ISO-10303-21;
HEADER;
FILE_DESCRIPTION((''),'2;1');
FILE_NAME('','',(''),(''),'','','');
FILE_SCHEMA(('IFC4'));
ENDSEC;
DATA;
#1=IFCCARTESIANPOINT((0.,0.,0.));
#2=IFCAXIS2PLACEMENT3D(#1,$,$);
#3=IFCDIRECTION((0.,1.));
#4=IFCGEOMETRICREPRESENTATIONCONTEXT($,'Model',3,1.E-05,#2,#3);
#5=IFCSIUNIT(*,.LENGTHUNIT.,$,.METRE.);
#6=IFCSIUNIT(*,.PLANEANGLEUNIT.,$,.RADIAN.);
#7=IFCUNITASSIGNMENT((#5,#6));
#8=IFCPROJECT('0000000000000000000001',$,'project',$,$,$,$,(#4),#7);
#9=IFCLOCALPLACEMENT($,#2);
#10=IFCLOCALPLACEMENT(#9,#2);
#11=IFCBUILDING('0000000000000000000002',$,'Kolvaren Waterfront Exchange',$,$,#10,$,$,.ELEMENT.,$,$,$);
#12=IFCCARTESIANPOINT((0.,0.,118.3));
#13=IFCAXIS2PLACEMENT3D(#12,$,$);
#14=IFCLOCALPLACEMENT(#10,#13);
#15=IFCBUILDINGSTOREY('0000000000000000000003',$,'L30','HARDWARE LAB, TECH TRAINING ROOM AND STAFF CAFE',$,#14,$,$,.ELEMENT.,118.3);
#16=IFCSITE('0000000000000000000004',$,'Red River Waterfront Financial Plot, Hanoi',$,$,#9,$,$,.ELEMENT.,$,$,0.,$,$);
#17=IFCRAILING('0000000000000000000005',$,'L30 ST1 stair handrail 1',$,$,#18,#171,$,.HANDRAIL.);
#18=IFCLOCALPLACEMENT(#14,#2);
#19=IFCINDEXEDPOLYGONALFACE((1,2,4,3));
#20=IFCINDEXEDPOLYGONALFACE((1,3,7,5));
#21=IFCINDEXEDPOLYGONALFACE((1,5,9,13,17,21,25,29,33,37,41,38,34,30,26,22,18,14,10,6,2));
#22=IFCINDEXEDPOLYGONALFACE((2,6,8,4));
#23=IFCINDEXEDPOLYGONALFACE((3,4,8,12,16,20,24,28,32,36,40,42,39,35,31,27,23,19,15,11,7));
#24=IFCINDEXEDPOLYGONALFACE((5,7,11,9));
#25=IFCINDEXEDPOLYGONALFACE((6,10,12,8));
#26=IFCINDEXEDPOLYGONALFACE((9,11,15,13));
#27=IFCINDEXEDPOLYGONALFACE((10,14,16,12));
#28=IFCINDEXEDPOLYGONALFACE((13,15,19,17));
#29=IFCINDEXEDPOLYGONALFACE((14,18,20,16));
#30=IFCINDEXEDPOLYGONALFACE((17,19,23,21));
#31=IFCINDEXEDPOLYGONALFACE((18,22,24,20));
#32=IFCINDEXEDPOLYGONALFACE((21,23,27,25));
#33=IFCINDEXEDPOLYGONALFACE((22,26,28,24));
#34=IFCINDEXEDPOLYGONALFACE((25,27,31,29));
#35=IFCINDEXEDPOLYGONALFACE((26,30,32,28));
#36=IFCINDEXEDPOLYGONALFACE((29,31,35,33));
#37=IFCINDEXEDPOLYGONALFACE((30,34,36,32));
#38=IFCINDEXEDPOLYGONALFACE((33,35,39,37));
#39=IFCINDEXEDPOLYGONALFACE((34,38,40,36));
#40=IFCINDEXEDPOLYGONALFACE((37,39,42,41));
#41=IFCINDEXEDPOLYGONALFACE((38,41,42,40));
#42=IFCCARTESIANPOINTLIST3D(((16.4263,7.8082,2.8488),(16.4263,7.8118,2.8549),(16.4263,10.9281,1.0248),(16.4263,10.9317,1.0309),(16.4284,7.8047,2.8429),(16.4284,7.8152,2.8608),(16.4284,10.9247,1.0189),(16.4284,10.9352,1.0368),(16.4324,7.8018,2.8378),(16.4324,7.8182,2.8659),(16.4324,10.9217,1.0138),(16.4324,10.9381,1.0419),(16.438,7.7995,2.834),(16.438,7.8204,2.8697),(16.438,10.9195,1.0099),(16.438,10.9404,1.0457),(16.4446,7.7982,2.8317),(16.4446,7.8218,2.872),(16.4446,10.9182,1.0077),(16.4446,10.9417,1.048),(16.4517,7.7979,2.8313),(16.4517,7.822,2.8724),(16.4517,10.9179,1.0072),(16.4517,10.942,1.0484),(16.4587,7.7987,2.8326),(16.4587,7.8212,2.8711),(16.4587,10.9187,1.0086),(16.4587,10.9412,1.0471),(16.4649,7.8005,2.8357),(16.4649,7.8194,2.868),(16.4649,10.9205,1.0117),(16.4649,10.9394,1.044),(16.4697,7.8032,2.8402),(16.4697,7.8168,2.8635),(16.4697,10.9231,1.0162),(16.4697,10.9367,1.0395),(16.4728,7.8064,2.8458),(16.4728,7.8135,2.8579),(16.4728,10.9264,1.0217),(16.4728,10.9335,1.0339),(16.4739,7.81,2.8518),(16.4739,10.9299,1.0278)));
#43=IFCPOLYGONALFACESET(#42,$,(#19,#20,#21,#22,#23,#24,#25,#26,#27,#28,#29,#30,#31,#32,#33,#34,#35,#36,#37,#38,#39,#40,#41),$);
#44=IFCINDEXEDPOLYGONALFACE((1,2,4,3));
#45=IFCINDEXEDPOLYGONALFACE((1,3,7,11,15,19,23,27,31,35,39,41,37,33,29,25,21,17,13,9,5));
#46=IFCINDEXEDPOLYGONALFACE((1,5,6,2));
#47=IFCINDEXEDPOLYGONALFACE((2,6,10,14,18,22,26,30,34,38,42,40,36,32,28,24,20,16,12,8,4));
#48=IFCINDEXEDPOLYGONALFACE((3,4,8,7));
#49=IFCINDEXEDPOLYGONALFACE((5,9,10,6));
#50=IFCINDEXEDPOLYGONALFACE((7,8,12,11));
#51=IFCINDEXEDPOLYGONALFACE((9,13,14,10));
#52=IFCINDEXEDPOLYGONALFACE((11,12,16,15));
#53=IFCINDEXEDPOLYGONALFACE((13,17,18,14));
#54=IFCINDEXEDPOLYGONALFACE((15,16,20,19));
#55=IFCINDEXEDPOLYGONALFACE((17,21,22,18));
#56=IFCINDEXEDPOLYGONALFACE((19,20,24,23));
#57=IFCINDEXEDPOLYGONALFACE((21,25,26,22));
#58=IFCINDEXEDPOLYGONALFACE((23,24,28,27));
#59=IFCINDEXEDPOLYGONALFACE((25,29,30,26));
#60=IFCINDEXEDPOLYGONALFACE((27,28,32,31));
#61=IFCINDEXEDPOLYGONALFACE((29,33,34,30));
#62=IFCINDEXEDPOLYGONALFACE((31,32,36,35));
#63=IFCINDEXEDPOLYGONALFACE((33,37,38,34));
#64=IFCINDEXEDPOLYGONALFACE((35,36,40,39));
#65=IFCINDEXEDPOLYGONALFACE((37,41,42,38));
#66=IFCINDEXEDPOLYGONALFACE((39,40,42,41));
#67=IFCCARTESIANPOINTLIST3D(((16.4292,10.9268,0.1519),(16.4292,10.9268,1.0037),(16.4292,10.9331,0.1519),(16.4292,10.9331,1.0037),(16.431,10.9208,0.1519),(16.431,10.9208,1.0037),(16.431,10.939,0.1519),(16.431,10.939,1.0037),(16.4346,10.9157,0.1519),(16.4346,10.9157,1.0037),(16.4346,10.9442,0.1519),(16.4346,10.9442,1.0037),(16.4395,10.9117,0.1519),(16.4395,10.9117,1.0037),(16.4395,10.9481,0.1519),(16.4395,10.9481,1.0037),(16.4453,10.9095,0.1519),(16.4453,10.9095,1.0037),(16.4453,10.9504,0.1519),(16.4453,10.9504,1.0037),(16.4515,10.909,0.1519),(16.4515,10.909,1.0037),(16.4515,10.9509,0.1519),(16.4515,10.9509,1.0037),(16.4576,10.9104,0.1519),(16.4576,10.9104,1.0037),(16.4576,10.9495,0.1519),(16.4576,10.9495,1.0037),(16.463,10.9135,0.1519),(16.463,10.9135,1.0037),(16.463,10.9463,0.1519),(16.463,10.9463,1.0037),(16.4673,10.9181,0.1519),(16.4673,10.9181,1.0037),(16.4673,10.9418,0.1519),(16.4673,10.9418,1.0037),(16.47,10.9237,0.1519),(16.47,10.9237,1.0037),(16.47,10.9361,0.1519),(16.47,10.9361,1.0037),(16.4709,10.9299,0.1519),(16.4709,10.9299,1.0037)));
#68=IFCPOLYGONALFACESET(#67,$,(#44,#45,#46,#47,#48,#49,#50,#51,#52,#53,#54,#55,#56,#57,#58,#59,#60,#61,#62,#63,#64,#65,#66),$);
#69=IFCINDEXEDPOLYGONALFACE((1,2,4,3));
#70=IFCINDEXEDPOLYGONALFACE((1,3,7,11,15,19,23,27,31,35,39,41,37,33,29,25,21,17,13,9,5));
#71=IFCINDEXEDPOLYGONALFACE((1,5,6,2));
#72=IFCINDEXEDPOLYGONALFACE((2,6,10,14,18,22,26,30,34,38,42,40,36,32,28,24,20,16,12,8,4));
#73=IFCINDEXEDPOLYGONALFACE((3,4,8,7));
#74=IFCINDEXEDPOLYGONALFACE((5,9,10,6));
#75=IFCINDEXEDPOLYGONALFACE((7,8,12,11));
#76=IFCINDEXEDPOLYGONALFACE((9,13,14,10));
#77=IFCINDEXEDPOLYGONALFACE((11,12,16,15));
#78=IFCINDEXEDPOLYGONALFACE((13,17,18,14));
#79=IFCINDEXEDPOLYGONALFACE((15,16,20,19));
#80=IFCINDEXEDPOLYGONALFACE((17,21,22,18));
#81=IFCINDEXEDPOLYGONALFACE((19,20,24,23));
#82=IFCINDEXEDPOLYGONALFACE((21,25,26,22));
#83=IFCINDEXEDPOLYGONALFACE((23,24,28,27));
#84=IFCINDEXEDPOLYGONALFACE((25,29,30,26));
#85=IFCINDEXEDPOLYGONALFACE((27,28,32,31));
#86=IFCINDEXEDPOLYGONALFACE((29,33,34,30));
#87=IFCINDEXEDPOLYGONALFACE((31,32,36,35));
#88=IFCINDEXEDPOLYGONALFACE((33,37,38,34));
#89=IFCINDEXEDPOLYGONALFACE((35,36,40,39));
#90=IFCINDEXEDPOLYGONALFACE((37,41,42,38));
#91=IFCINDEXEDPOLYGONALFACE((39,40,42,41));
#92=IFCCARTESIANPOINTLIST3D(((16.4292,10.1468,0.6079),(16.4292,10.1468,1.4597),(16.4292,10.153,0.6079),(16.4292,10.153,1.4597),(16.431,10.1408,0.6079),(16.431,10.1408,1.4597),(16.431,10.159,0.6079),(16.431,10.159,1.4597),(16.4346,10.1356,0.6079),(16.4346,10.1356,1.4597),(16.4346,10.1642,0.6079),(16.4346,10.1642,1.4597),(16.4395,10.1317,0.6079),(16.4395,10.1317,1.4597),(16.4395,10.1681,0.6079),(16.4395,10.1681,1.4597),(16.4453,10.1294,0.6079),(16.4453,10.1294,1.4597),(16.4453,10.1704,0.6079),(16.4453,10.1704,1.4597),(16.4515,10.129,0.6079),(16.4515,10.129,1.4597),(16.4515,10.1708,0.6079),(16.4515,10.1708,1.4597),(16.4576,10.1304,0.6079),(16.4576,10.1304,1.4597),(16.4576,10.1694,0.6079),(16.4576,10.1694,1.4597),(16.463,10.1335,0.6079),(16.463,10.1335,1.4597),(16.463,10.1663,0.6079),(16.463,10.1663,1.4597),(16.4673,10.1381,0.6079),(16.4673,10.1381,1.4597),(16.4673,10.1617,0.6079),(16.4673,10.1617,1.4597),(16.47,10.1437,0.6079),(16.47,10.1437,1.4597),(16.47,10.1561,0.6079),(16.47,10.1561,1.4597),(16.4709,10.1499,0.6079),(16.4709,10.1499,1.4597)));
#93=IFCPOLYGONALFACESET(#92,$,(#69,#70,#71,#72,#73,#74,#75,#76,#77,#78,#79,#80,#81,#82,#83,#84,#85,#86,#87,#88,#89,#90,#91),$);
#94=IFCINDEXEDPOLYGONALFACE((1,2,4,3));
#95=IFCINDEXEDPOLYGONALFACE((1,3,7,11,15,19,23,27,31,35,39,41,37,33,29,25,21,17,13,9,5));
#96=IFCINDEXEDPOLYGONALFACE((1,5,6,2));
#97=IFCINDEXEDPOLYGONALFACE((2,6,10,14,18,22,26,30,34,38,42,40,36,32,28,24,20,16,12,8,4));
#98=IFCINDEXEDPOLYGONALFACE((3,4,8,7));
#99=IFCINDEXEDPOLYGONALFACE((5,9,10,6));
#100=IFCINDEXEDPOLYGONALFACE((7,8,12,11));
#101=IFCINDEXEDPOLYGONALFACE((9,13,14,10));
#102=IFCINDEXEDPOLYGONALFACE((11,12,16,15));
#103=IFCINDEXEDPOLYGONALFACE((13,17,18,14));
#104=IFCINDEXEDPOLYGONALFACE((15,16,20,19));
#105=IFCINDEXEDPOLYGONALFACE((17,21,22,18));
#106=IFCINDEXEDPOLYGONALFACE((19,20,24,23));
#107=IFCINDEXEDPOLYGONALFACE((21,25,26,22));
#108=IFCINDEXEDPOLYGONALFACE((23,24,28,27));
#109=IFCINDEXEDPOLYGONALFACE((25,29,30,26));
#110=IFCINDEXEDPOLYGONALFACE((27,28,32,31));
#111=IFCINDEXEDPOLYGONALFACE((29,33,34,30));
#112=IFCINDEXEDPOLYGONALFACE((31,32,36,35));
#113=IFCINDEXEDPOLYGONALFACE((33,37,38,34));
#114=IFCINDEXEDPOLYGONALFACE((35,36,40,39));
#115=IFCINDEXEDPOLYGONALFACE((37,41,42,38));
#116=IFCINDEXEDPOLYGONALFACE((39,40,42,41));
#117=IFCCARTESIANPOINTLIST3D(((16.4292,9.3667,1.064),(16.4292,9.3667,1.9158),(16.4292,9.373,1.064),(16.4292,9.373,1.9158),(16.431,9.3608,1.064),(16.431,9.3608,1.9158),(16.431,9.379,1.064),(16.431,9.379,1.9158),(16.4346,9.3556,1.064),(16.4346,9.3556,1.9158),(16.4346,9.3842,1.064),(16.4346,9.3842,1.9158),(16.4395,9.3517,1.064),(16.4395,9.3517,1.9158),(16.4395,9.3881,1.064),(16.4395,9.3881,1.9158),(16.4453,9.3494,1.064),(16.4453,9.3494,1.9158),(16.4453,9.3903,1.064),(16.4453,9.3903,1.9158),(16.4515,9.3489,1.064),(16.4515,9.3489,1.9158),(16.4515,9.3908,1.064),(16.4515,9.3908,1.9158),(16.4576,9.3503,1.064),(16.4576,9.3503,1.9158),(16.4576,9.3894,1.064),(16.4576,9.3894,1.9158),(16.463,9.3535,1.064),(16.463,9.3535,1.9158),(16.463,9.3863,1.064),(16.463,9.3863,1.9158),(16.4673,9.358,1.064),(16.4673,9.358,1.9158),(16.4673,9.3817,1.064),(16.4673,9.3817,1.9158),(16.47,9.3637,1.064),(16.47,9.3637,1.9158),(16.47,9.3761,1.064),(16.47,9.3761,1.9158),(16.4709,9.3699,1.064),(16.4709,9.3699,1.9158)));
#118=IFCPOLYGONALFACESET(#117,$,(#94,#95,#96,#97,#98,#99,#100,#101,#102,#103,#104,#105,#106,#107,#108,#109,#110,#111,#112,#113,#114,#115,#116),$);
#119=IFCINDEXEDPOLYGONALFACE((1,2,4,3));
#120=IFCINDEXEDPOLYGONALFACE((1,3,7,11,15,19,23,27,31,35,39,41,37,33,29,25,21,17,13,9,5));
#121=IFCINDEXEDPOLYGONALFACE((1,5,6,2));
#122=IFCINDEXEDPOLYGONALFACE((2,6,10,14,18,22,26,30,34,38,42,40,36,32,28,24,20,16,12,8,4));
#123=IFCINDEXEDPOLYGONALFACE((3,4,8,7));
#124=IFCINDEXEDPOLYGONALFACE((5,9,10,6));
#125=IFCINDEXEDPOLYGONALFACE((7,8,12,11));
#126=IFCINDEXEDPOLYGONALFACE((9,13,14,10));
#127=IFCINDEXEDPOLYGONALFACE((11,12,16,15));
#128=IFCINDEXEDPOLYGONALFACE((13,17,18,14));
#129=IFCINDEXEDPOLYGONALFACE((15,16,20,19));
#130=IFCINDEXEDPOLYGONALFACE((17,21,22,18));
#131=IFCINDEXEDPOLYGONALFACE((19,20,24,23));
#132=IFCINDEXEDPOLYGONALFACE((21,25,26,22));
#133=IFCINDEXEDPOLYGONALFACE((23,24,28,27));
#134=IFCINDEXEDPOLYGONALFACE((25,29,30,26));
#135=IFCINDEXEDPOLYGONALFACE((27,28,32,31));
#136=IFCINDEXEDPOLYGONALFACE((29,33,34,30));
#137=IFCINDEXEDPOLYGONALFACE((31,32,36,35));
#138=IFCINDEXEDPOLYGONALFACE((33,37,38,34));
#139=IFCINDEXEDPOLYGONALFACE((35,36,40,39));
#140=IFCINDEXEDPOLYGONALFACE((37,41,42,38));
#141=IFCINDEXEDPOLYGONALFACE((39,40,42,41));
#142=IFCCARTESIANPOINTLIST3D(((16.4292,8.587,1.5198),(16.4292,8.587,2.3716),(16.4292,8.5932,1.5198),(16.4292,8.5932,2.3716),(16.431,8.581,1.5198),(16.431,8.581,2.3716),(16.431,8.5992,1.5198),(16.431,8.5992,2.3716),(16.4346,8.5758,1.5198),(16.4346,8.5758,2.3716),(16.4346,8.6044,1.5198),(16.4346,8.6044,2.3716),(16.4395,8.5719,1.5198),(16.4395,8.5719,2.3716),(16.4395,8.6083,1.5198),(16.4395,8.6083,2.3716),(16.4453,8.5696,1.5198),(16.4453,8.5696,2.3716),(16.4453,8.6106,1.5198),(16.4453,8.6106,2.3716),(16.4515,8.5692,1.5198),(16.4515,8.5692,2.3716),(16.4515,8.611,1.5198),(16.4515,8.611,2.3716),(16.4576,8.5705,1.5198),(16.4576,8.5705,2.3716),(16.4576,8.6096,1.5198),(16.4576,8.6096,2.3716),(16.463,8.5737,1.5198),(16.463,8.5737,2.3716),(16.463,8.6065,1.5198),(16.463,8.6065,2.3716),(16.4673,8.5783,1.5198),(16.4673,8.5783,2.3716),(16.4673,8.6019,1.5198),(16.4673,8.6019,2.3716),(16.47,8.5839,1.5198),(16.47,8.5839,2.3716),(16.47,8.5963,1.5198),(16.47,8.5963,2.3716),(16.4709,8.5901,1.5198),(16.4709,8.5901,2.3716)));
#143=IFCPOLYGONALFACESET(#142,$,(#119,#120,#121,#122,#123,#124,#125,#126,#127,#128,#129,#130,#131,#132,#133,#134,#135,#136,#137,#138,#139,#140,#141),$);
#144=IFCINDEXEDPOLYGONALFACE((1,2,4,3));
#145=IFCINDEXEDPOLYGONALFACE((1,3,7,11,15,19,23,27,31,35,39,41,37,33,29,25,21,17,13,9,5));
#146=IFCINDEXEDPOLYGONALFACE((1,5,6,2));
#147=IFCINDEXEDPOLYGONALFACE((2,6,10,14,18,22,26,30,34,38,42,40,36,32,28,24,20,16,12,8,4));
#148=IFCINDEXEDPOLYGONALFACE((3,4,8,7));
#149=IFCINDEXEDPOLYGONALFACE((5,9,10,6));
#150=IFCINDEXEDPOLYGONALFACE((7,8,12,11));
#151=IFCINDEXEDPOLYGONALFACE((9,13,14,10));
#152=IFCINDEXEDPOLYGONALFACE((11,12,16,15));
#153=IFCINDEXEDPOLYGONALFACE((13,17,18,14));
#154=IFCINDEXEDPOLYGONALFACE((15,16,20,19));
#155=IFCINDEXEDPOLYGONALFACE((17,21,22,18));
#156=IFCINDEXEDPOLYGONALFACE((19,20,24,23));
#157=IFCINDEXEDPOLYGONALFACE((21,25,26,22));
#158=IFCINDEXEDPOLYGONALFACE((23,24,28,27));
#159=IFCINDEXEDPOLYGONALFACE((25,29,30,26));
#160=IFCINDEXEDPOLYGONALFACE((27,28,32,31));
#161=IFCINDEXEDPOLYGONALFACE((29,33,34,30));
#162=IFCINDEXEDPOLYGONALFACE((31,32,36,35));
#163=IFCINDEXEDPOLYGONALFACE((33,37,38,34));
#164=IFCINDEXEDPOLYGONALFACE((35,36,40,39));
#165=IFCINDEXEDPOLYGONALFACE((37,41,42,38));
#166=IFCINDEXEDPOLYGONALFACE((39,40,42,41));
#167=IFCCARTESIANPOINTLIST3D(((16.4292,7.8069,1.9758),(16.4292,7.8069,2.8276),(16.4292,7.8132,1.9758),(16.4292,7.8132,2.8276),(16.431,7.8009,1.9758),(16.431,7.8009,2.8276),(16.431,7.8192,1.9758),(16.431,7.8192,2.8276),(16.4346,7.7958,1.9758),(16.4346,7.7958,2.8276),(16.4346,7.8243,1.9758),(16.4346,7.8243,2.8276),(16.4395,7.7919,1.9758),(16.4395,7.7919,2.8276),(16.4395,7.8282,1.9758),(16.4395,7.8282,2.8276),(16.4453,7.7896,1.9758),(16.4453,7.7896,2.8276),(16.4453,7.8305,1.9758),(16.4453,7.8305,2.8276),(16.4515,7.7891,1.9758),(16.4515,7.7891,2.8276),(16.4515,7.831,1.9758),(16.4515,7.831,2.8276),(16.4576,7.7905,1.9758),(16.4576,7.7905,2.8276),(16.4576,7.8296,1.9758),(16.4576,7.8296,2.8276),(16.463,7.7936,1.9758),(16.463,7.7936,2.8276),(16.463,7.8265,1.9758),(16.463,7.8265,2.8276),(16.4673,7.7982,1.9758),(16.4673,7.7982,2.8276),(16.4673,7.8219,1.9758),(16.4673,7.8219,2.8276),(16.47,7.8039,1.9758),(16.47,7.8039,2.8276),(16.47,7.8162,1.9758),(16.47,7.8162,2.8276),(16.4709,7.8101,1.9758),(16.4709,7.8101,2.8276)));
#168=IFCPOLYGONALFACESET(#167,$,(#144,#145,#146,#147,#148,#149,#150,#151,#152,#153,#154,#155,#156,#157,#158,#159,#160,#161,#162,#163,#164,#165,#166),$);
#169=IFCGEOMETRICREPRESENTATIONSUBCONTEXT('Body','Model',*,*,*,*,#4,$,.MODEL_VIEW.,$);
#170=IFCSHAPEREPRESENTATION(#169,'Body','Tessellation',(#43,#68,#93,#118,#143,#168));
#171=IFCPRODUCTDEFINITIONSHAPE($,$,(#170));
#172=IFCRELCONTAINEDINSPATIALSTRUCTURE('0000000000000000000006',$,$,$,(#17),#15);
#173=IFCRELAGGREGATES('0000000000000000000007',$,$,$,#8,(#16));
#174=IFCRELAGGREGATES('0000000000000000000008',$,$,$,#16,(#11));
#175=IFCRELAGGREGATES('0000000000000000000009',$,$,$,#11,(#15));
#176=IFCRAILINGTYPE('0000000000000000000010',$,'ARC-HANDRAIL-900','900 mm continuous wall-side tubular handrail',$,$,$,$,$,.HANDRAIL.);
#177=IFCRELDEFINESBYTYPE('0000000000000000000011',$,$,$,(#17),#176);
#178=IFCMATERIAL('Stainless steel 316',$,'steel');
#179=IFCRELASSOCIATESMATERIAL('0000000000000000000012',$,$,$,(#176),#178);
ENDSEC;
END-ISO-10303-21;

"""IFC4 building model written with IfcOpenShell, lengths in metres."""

from ifc_helpers import new_model, si_unit, direction, frame, origin, origin_2d, place, context, subcontext, project, spatial, circle, extrude, material, type_object, element, save


model = new_model("IFC4")

# Units and contexts
model_context = context("Model", 3, precision=1e-05, world=origin(), true_north=direction((0.0, 1.0)))
body_context = subcontext(model_context, "Body", "Model", "MODEL_VIEW")
ifc_project = project(units=[si_unit("LENGTHUNIT", "METRE"), si_unit("PLANEANGLEUNIT", "RADIAN")], contexts=[model_context])

# Site, building, storey
site_placement = place(None, origin())
site = spatial("IfcSite", under=ifc_project, at=site_placement, Name="Red River Waterfront Financial Plot, Hanoi", CompositionType="ELEMENT", RefElevation=0.0)
building_placement = place(site_placement, origin())
building = spatial("IfcBuilding", under=site, at=building_placement, Name="Kolvaren Waterfront Exchange", CompositionType="ELEMENT")
storey_placement = place(building_placement, frame((0.0, 0.0, 118.3)))
storey = spatial("IfcBuildingStorey", under=building, at=storey_placement, Name="L30", Description="HARDWARE LAB, TECH TRAINING ROOM AND STAFF CAFE", CompositionType="ELEMENT", Elevation=118.3)

# Railing
ifc_material_1 = material(Name="Stainless steel 316", Category="steel")
railing_type_1 = type_object("IfcRailingType", Name="ARC-HANDRAIL-900", Description="900 mm continuous wall-side tubular handrail", PredefinedType="HANDRAIL", material=ifc_material_1)
railing_1_placement = place(storey_placement, frame((16.45, 10.9299, 0.1519)))
element("IfcRailing", 1, at=railing_1_placement, inside=storey, type_object=railing_type_1, Name="L30 ST1 stair handrail 1", PredefinedType="HANDRAIL", context=body_context, shape_type="SweptSolid", body=[
    extrude(circle(Radius=0.0239, at=origin_2d()), frame((0.0, 0.0, 0.876), z_axis=(0.0, -0.863291, 0.504707), x_axis=(1.0, 0.0, 0.0)), (0.0, 0.0, 1.0), 3.614),
    extrude(circle(Radius=0.021, at=origin_2d()), origin(), (0.0, 0.0, 1.0), 0.8518),
    extrude(circle(Radius=0.021, at=origin_2d()), frame((0.0, -0.78, 0.4561)), (0.0, 0.0, 1.0), 0.8518),
    extrude(circle(Radius=0.021, at=origin_2d()), frame((0.0, -1.5601, 0.9121)), (0.0, 0.0, 1.0), 0.8518),
    extrude(circle(Radius=0.021, at=origin_2d()), frame((0.0, -2.3398, 1.3679)), (0.0, 0.0, 1.0), 0.8518),
    extrude(circle(Radius=0.021, at=origin_2d()), frame((0.0, -3.1199, 1.824)), (0.0, 0.0, 1.0), 0.8518),
])

save(model, "model.ifc")
